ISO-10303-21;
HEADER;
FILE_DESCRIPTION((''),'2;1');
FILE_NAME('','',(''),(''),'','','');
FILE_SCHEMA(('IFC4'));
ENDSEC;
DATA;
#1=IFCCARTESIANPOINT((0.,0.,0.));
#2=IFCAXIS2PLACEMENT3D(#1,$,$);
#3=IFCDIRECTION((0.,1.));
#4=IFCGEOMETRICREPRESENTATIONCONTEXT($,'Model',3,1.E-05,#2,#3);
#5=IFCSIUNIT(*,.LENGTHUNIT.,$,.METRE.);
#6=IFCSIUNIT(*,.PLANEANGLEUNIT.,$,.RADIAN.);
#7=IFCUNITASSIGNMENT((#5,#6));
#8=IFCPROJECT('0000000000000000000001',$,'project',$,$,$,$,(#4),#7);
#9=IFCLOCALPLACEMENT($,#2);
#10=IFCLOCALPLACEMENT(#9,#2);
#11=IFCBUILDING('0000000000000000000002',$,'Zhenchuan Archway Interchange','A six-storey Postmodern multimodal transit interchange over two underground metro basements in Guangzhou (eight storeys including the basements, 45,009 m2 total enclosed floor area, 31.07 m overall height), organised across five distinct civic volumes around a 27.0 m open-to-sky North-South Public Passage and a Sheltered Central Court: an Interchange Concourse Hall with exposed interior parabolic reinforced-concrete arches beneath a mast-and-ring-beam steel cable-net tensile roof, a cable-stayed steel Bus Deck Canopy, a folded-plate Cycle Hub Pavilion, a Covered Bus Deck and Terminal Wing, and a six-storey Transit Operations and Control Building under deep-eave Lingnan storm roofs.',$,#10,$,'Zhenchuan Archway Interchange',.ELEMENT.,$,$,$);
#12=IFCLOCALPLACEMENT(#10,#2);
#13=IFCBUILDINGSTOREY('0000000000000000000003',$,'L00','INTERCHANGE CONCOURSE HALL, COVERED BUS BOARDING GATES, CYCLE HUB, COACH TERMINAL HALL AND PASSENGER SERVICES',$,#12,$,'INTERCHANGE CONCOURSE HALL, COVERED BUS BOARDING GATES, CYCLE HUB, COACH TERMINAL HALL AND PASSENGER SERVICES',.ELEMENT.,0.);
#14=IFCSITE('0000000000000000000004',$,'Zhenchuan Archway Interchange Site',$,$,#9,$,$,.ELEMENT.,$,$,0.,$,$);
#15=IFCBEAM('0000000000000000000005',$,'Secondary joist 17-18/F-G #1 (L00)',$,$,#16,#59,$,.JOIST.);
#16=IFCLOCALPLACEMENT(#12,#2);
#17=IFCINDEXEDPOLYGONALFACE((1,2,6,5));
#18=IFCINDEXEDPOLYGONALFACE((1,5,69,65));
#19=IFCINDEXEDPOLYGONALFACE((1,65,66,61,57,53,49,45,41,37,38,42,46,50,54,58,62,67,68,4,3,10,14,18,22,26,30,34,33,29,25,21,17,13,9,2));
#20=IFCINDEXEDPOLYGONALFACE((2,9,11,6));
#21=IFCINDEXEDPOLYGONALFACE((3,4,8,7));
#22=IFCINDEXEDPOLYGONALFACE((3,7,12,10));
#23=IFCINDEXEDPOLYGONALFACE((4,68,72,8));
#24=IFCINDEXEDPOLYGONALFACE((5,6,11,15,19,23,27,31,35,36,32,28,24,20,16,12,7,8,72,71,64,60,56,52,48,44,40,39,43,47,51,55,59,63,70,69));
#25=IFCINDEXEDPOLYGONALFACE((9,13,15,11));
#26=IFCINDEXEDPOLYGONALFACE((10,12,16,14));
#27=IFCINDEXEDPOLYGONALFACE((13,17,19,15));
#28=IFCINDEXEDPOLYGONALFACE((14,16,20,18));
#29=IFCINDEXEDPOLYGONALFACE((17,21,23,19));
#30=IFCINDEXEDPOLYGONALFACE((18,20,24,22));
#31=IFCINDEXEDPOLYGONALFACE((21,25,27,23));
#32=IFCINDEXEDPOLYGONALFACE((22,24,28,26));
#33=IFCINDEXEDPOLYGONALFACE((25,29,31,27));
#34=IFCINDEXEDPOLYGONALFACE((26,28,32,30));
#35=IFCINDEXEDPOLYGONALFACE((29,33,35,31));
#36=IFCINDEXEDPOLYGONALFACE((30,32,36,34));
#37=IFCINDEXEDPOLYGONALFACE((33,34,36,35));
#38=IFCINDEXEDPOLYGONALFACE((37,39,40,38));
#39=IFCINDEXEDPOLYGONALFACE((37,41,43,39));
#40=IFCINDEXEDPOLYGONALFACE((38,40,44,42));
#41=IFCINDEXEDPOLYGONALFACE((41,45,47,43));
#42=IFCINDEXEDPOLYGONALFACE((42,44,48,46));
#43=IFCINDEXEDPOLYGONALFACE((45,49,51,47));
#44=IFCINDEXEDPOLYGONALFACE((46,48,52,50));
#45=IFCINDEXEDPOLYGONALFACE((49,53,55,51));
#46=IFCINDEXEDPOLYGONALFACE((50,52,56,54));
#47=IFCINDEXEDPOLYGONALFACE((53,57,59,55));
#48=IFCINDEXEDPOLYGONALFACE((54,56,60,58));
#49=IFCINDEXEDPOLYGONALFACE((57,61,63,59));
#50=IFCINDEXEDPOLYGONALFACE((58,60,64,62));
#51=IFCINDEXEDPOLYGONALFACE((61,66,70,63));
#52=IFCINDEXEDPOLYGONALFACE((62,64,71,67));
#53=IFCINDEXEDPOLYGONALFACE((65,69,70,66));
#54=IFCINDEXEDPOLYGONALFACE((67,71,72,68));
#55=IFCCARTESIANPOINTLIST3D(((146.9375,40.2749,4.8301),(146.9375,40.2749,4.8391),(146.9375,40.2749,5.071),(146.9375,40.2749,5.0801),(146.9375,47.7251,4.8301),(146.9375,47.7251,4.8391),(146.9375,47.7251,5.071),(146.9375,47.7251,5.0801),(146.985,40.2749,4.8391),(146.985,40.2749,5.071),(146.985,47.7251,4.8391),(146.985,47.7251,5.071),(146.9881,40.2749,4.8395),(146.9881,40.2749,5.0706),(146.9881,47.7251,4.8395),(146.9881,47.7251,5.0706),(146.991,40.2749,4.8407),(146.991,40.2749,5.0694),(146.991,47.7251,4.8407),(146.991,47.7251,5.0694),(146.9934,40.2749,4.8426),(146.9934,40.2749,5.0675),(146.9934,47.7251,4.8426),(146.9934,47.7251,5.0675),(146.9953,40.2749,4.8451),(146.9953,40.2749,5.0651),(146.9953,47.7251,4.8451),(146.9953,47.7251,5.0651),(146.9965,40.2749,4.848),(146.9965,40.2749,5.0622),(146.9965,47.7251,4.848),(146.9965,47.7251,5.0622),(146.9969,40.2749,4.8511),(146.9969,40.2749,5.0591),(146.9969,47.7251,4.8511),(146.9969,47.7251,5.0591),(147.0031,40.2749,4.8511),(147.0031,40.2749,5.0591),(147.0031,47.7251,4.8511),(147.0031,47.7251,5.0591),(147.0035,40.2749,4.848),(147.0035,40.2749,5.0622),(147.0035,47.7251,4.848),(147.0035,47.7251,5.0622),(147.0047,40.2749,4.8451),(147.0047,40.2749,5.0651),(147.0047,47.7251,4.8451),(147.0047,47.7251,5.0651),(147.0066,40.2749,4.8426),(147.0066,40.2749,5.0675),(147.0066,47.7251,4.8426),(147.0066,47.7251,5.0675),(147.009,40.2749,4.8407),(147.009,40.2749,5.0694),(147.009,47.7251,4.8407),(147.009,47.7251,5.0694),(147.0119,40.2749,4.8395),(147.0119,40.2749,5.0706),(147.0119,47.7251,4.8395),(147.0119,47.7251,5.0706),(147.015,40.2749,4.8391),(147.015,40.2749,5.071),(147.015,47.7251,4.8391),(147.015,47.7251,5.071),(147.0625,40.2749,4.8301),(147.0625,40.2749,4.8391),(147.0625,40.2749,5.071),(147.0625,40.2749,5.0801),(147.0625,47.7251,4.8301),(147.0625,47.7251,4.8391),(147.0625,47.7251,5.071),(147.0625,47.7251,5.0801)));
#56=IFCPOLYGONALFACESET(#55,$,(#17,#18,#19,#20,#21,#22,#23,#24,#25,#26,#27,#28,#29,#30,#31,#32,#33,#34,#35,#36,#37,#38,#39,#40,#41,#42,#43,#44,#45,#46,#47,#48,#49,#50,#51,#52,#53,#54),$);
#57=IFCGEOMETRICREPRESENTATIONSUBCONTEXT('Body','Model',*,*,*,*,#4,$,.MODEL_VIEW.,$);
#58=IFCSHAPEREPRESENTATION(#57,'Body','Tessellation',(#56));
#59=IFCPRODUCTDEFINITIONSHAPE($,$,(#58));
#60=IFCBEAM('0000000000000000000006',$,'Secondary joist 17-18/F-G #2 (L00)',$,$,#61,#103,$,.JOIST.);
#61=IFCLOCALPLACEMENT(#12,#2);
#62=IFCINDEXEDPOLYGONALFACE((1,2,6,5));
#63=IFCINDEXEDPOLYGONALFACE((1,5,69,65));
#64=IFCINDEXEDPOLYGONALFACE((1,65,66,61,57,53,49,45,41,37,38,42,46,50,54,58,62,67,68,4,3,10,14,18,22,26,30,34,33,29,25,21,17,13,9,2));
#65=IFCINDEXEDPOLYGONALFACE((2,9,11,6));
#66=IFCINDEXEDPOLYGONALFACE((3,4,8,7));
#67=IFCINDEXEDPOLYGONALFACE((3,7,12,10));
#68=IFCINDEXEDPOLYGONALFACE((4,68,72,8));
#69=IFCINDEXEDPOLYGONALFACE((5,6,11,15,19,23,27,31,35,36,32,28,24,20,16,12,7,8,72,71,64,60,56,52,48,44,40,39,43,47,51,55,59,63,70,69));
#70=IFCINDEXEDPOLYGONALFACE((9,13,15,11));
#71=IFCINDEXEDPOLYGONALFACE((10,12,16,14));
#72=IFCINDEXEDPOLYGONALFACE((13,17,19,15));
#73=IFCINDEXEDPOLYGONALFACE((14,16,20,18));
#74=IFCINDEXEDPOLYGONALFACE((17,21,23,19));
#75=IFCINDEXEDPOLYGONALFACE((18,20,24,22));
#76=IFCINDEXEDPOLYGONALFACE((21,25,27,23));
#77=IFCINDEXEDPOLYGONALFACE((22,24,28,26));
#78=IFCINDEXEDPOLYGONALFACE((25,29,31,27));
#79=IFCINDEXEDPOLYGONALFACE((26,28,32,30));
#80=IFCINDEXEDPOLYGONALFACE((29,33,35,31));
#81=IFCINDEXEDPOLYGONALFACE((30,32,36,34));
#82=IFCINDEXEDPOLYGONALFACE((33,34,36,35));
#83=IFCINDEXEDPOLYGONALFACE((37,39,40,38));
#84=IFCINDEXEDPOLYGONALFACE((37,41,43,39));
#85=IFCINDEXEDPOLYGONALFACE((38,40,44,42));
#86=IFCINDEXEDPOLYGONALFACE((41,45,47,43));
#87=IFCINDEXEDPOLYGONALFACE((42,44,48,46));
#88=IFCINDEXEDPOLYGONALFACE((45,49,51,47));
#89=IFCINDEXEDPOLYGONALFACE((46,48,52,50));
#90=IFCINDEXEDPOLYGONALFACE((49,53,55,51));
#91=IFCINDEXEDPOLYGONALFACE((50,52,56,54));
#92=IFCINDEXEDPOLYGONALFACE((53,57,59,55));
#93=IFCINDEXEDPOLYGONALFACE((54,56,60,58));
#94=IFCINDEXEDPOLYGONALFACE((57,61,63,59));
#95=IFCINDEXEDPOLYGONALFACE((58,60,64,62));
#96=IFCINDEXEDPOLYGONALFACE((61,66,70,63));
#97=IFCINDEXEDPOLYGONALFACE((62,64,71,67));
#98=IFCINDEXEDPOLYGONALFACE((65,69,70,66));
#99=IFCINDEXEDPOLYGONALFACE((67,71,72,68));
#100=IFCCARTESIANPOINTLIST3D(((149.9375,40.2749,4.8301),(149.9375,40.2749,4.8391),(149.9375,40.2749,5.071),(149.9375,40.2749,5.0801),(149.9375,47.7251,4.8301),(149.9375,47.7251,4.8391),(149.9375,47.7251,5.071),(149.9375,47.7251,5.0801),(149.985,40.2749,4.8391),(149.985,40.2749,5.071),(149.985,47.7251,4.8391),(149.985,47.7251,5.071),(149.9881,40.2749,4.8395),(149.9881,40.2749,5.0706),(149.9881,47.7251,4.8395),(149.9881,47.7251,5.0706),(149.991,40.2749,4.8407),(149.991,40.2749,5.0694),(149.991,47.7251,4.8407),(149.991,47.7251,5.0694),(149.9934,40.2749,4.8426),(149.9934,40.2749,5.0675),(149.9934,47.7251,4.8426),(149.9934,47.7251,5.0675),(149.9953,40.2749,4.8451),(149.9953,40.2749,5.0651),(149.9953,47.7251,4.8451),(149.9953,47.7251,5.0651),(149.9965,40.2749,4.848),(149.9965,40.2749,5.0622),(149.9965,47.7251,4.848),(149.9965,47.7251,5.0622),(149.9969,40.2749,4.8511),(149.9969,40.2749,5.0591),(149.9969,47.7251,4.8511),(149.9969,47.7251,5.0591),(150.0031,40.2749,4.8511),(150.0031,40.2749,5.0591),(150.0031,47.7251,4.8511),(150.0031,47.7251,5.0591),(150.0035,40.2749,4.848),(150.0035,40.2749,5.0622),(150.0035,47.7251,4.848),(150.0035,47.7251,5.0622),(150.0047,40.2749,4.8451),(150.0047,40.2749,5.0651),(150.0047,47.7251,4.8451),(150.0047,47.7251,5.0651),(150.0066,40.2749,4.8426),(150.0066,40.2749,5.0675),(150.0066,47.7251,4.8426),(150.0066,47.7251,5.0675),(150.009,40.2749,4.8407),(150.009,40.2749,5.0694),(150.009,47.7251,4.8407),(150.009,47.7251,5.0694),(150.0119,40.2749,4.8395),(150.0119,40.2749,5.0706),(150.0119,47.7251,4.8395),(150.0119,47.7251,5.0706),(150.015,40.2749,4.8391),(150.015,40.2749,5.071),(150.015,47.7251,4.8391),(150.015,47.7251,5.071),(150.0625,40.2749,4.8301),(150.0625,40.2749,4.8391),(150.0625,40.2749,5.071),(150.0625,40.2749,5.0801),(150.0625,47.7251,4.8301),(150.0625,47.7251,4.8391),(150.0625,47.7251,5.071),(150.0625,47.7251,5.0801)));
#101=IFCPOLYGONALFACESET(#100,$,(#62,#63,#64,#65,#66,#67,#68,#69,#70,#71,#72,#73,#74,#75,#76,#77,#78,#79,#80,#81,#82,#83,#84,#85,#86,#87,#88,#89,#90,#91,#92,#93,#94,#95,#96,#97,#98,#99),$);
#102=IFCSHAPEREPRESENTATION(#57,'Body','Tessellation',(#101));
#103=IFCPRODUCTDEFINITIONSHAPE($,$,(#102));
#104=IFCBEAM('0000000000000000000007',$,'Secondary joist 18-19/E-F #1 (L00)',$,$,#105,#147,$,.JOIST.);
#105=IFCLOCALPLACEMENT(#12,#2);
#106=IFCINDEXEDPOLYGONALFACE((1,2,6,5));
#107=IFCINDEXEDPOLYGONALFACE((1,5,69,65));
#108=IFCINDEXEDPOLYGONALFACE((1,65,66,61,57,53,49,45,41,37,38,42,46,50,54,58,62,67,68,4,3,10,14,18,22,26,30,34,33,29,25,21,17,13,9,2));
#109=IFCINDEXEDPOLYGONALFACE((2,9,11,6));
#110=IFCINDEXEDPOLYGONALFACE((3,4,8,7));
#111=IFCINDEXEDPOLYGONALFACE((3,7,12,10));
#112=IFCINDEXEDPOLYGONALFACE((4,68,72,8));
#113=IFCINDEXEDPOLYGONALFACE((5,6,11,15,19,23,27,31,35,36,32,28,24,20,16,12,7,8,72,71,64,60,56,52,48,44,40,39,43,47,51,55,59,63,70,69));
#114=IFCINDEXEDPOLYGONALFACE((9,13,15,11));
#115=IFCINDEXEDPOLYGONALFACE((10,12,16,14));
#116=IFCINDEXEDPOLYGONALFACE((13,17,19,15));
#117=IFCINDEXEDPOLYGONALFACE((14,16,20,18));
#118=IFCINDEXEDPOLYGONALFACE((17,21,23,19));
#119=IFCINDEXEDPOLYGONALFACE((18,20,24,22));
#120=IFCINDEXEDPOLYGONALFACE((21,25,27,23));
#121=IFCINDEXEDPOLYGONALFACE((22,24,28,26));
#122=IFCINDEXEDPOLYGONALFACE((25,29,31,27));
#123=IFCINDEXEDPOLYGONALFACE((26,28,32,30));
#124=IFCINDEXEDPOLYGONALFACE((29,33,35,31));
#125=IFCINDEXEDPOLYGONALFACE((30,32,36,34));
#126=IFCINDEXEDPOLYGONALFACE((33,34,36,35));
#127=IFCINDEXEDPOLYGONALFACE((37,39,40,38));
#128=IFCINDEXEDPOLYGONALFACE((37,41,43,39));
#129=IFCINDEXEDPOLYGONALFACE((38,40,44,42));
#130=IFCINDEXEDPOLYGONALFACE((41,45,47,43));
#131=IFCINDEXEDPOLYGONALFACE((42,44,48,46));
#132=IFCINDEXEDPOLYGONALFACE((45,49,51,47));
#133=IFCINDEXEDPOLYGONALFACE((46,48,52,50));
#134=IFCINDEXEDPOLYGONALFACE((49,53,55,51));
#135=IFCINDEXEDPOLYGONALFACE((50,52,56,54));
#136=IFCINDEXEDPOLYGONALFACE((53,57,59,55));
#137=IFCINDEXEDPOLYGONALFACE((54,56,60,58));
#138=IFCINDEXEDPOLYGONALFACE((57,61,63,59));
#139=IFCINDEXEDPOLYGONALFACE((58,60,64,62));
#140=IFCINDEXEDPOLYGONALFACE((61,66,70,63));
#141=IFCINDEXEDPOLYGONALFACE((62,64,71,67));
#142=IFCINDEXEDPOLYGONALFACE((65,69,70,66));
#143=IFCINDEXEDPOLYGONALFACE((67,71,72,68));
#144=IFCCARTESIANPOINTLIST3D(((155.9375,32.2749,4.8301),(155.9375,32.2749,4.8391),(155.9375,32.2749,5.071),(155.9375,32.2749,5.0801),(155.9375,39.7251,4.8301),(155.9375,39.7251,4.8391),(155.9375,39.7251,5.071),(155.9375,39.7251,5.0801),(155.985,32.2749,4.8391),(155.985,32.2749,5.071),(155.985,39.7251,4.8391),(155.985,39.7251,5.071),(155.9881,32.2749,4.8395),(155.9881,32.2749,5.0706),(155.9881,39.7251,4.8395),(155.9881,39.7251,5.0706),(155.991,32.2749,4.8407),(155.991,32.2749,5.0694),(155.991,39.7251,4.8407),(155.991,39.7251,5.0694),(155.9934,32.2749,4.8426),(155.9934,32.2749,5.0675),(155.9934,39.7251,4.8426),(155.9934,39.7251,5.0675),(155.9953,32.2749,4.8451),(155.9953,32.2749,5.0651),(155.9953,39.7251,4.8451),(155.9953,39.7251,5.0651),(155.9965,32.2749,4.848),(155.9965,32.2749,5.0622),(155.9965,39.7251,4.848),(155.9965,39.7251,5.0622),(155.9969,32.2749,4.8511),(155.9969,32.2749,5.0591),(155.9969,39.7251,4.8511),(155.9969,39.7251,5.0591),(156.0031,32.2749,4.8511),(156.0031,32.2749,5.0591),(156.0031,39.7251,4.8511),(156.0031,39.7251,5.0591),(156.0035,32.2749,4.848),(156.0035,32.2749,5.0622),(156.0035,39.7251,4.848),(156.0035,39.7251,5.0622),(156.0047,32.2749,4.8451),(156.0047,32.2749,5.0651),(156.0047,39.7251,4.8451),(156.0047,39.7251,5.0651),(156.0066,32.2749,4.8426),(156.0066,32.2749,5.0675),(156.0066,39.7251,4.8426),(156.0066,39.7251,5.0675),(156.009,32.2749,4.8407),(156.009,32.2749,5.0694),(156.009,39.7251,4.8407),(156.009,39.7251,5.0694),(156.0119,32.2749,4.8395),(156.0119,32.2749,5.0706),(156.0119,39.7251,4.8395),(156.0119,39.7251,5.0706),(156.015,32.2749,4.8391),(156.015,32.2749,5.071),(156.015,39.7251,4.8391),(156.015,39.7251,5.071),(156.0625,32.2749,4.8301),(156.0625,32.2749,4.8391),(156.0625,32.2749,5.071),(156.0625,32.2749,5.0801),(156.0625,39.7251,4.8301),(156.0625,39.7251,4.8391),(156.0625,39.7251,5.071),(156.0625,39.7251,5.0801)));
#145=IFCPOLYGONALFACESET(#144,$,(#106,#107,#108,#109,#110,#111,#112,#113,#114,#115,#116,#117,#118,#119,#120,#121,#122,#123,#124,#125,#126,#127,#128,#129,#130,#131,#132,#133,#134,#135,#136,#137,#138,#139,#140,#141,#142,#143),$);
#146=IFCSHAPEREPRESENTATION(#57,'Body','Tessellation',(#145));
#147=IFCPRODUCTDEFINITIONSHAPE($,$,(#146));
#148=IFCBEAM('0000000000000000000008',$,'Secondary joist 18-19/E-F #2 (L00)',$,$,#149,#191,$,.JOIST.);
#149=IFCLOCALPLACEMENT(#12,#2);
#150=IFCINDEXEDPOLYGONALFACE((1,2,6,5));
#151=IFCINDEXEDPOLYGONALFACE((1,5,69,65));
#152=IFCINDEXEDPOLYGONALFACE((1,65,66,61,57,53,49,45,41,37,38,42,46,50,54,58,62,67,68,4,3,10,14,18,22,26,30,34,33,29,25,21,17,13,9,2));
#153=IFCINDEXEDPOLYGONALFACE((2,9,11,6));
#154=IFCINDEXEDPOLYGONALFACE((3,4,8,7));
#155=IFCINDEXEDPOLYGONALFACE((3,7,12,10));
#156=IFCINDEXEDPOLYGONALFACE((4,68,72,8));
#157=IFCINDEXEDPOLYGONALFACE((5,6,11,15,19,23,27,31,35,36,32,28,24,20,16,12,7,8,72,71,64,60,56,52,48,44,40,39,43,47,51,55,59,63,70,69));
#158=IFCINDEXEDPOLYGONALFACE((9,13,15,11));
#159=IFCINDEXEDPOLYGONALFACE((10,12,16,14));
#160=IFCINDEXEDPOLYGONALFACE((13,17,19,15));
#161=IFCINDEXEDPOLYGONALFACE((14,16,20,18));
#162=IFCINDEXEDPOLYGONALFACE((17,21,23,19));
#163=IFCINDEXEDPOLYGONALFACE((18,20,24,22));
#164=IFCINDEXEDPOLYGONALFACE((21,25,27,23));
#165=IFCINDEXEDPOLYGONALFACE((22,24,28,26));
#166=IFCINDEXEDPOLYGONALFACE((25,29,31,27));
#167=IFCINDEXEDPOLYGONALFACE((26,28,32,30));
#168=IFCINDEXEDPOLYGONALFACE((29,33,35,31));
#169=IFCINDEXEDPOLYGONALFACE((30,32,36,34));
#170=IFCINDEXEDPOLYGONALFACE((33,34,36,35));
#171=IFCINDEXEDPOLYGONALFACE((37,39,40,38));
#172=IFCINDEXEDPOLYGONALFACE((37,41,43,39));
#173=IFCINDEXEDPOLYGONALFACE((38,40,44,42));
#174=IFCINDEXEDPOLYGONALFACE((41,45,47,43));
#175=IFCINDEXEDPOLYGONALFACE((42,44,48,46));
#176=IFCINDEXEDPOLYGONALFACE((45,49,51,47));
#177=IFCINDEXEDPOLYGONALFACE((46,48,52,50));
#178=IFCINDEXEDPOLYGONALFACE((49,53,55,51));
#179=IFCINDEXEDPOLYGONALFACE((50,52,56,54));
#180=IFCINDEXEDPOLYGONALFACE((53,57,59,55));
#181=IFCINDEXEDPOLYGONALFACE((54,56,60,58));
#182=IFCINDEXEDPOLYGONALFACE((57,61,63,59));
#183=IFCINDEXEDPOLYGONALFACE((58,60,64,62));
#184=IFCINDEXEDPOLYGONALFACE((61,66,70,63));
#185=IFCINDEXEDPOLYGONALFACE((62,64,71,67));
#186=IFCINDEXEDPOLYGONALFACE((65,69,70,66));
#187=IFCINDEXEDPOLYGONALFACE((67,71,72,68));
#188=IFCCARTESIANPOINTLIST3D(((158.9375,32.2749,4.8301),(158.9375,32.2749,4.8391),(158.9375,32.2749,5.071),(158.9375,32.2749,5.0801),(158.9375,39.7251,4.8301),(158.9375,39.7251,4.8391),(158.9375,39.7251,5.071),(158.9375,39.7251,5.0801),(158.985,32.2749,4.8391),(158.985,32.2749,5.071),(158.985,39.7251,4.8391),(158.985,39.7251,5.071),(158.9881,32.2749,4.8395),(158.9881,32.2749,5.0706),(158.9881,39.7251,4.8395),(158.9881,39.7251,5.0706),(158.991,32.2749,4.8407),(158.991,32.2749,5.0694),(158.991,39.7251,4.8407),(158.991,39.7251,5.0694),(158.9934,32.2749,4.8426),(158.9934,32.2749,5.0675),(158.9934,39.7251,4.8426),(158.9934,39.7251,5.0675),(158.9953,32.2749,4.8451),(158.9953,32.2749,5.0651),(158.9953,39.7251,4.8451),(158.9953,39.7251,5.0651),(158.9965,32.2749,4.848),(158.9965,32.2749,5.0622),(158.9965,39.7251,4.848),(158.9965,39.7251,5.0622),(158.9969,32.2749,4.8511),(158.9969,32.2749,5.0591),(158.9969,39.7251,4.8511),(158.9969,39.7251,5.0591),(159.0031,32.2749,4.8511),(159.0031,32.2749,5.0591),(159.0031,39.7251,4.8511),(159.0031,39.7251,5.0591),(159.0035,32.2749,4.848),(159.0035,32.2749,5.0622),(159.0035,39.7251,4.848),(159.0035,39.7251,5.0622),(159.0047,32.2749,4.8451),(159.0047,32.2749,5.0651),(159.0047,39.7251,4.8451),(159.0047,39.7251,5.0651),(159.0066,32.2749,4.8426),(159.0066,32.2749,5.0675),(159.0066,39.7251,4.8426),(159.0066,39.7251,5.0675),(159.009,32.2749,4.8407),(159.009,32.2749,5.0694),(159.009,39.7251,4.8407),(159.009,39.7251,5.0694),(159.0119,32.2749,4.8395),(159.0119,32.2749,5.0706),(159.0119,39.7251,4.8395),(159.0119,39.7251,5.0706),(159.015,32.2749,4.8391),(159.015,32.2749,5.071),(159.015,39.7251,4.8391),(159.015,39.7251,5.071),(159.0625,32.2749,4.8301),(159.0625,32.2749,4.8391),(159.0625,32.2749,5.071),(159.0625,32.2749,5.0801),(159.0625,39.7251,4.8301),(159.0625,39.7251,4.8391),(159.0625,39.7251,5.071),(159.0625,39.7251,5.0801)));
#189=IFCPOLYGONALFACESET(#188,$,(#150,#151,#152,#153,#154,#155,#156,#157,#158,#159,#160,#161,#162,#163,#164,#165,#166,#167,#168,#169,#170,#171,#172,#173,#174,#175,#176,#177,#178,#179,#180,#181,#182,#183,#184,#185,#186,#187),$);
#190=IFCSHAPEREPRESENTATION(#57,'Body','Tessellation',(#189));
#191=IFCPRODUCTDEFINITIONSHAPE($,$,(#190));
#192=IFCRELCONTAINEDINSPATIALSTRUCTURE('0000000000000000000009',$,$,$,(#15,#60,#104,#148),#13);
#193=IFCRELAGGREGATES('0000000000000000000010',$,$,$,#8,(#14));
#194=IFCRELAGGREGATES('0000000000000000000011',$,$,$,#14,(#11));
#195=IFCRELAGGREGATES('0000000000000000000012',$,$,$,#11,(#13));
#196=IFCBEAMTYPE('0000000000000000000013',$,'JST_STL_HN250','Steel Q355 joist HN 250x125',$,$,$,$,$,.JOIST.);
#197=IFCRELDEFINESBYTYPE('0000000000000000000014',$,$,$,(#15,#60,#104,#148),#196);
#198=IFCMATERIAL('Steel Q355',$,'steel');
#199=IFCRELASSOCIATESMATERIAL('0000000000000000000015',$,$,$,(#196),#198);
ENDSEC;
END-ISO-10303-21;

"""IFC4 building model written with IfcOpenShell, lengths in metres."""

from ifc_helpers import new_model, si_unit, direction, frame, origin, origin_2d, place, context, subcontext, project, spatial, i_section, extrude, material, material_profile, profile_set, type_object, element, save


model = new_model("IFC4")

# Units and contexts
model_context = context("Model", 3, precision=1e-05, world=origin(), true_north=direction((0.0, 1.0)))
body_context = subcontext(model_context, "Body", "Model", "MODEL_VIEW")
ifc_project = project(units=[si_unit("LENGTHUNIT", "METRE"), si_unit("PLANEANGLEUNIT", "RADIAN")], contexts=[model_context])

# Site, building, storey
site_placement = place(None, origin())
site = spatial("IfcSite", under=ifc_project, at=site_placement, Name="Zhenchuan Archway Interchange Site", CompositionType="ELEMENT", RefElevation=0.0)
building_placement = place(site_placement, origin())
building = spatial("IfcBuilding", under=site, at=building_placement, Name="Zhenchuan Archway Interchange", Description="A six-storey Postmodern multimodal transit interchange over two underground metro basements in Guangzhou (eight storeys including the basements, 45,009 m2 total enclosed floor area, 31.07 m overall height), organised across five distinct civic volumes around a 27.0 m open-to-sky North-South Public Passage and a Sheltered Central Court: an Interchange Concourse Hall with exposed interior parabolic reinforced-concrete arches beneath a mast-and-ring-beam steel cable-net tensile roof, a cable-stayed steel Bus Deck Canopy, a folded-plate Cycle Hub Pavilion, a Covered Bus Deck and Terminal Wing, and a six-storey Transit Operations and Control Building under deep-eave Lingnan storm roofs.", LongName="Zhenchuan Archway Interchange", CompositionType="ELEMENT")
storey_placement = place(building_placement, origin())
storey = spatial("IfcBuildingStorey", under=building, at=storey_placement, Name="L00", Description="INTERCHANGE CONCOURSE HALL, COVERED BUS BOARDING GATES, CYCLE HUB, COACH TERMINAL HALL AND PASSENGER SERVICES", LongName="INTERCHANGE CONCOURSE HALL, COVERED BUS BOARDING GATES, CYCLE HUB, COACH TERMINAL HALL AND PASSENGER SERVICES", CompositionType="ELEMENT", Elevation=0.0)

# Beams
ifc_material_1 = material(Name="Steel Q355", Category="steel")
ifc_material_profile_1 = material_profile(ifc_material_1, i_section(OverallWidth=0.125, OverallDepth=0.25, WebThickness=0.0061, FlangeThickness=0.009, FilletRadius=0.012, at=origin_2d()), Name="HN 250x125")
ifc_profile_set_1 = profile_set([ifc_material_profile_1], Name="Steel Q355")
beam_type_1 = type_object("IfcBeamType", Name="JST_STL_HN250", Description="Steel Q355 joist HN 250x125", PredefinedType="JOIST", material=ifc_profile_set_1)
for number, where, z_axis, x_axis, name in (
    (1, (147.0, 40.2749, 4.9551), (0.0, 1.0, 0.0), (-1.0, 0.0, 0.0), "Secondary joist 17-18/F-G #1 (L00)"),
    (2, (150.0, 40.2749, 4.9551), (0.0, 1.0, 0.0), (-1.0, 0.0, 0.0), "Secondary joist 17-18/F-G #2 (L00)"),
    (3, (156.0, 32.2749, 4.9551), (0.0, 1.0, 0.0), (-1.0, 0.0, 0.0), "Secondary joist 18-19/E-F #1 (L00)"),
    (4, (159.0, 32.2749, 4.9551), (0.0, 1.0, 0.0), (-1.0, 0.0, 0.0), "Secondary joist 18-19/E-F #2 (L00)"),
):
    element("IfcBeam", number, at=place(storey_placement, frame(where, z_axis=z_axis, x_axis=x_axis)), inside=storey, type_object=beam_type_1, Name=name, PredefinedType="JOIST", context=body_context, shape_type="SweptSolid", body=[
        extrude(i_section(OverallWidth=0.125, OverallDepth=0.25, WebThickness=0.0061, FlangeThickness=0.009, FilletRadius=0.012, at=origin_2d()), origin(), (0.0, 0.0, 1.0), 7.4502),
    ])

save(model, "model.ifc")
